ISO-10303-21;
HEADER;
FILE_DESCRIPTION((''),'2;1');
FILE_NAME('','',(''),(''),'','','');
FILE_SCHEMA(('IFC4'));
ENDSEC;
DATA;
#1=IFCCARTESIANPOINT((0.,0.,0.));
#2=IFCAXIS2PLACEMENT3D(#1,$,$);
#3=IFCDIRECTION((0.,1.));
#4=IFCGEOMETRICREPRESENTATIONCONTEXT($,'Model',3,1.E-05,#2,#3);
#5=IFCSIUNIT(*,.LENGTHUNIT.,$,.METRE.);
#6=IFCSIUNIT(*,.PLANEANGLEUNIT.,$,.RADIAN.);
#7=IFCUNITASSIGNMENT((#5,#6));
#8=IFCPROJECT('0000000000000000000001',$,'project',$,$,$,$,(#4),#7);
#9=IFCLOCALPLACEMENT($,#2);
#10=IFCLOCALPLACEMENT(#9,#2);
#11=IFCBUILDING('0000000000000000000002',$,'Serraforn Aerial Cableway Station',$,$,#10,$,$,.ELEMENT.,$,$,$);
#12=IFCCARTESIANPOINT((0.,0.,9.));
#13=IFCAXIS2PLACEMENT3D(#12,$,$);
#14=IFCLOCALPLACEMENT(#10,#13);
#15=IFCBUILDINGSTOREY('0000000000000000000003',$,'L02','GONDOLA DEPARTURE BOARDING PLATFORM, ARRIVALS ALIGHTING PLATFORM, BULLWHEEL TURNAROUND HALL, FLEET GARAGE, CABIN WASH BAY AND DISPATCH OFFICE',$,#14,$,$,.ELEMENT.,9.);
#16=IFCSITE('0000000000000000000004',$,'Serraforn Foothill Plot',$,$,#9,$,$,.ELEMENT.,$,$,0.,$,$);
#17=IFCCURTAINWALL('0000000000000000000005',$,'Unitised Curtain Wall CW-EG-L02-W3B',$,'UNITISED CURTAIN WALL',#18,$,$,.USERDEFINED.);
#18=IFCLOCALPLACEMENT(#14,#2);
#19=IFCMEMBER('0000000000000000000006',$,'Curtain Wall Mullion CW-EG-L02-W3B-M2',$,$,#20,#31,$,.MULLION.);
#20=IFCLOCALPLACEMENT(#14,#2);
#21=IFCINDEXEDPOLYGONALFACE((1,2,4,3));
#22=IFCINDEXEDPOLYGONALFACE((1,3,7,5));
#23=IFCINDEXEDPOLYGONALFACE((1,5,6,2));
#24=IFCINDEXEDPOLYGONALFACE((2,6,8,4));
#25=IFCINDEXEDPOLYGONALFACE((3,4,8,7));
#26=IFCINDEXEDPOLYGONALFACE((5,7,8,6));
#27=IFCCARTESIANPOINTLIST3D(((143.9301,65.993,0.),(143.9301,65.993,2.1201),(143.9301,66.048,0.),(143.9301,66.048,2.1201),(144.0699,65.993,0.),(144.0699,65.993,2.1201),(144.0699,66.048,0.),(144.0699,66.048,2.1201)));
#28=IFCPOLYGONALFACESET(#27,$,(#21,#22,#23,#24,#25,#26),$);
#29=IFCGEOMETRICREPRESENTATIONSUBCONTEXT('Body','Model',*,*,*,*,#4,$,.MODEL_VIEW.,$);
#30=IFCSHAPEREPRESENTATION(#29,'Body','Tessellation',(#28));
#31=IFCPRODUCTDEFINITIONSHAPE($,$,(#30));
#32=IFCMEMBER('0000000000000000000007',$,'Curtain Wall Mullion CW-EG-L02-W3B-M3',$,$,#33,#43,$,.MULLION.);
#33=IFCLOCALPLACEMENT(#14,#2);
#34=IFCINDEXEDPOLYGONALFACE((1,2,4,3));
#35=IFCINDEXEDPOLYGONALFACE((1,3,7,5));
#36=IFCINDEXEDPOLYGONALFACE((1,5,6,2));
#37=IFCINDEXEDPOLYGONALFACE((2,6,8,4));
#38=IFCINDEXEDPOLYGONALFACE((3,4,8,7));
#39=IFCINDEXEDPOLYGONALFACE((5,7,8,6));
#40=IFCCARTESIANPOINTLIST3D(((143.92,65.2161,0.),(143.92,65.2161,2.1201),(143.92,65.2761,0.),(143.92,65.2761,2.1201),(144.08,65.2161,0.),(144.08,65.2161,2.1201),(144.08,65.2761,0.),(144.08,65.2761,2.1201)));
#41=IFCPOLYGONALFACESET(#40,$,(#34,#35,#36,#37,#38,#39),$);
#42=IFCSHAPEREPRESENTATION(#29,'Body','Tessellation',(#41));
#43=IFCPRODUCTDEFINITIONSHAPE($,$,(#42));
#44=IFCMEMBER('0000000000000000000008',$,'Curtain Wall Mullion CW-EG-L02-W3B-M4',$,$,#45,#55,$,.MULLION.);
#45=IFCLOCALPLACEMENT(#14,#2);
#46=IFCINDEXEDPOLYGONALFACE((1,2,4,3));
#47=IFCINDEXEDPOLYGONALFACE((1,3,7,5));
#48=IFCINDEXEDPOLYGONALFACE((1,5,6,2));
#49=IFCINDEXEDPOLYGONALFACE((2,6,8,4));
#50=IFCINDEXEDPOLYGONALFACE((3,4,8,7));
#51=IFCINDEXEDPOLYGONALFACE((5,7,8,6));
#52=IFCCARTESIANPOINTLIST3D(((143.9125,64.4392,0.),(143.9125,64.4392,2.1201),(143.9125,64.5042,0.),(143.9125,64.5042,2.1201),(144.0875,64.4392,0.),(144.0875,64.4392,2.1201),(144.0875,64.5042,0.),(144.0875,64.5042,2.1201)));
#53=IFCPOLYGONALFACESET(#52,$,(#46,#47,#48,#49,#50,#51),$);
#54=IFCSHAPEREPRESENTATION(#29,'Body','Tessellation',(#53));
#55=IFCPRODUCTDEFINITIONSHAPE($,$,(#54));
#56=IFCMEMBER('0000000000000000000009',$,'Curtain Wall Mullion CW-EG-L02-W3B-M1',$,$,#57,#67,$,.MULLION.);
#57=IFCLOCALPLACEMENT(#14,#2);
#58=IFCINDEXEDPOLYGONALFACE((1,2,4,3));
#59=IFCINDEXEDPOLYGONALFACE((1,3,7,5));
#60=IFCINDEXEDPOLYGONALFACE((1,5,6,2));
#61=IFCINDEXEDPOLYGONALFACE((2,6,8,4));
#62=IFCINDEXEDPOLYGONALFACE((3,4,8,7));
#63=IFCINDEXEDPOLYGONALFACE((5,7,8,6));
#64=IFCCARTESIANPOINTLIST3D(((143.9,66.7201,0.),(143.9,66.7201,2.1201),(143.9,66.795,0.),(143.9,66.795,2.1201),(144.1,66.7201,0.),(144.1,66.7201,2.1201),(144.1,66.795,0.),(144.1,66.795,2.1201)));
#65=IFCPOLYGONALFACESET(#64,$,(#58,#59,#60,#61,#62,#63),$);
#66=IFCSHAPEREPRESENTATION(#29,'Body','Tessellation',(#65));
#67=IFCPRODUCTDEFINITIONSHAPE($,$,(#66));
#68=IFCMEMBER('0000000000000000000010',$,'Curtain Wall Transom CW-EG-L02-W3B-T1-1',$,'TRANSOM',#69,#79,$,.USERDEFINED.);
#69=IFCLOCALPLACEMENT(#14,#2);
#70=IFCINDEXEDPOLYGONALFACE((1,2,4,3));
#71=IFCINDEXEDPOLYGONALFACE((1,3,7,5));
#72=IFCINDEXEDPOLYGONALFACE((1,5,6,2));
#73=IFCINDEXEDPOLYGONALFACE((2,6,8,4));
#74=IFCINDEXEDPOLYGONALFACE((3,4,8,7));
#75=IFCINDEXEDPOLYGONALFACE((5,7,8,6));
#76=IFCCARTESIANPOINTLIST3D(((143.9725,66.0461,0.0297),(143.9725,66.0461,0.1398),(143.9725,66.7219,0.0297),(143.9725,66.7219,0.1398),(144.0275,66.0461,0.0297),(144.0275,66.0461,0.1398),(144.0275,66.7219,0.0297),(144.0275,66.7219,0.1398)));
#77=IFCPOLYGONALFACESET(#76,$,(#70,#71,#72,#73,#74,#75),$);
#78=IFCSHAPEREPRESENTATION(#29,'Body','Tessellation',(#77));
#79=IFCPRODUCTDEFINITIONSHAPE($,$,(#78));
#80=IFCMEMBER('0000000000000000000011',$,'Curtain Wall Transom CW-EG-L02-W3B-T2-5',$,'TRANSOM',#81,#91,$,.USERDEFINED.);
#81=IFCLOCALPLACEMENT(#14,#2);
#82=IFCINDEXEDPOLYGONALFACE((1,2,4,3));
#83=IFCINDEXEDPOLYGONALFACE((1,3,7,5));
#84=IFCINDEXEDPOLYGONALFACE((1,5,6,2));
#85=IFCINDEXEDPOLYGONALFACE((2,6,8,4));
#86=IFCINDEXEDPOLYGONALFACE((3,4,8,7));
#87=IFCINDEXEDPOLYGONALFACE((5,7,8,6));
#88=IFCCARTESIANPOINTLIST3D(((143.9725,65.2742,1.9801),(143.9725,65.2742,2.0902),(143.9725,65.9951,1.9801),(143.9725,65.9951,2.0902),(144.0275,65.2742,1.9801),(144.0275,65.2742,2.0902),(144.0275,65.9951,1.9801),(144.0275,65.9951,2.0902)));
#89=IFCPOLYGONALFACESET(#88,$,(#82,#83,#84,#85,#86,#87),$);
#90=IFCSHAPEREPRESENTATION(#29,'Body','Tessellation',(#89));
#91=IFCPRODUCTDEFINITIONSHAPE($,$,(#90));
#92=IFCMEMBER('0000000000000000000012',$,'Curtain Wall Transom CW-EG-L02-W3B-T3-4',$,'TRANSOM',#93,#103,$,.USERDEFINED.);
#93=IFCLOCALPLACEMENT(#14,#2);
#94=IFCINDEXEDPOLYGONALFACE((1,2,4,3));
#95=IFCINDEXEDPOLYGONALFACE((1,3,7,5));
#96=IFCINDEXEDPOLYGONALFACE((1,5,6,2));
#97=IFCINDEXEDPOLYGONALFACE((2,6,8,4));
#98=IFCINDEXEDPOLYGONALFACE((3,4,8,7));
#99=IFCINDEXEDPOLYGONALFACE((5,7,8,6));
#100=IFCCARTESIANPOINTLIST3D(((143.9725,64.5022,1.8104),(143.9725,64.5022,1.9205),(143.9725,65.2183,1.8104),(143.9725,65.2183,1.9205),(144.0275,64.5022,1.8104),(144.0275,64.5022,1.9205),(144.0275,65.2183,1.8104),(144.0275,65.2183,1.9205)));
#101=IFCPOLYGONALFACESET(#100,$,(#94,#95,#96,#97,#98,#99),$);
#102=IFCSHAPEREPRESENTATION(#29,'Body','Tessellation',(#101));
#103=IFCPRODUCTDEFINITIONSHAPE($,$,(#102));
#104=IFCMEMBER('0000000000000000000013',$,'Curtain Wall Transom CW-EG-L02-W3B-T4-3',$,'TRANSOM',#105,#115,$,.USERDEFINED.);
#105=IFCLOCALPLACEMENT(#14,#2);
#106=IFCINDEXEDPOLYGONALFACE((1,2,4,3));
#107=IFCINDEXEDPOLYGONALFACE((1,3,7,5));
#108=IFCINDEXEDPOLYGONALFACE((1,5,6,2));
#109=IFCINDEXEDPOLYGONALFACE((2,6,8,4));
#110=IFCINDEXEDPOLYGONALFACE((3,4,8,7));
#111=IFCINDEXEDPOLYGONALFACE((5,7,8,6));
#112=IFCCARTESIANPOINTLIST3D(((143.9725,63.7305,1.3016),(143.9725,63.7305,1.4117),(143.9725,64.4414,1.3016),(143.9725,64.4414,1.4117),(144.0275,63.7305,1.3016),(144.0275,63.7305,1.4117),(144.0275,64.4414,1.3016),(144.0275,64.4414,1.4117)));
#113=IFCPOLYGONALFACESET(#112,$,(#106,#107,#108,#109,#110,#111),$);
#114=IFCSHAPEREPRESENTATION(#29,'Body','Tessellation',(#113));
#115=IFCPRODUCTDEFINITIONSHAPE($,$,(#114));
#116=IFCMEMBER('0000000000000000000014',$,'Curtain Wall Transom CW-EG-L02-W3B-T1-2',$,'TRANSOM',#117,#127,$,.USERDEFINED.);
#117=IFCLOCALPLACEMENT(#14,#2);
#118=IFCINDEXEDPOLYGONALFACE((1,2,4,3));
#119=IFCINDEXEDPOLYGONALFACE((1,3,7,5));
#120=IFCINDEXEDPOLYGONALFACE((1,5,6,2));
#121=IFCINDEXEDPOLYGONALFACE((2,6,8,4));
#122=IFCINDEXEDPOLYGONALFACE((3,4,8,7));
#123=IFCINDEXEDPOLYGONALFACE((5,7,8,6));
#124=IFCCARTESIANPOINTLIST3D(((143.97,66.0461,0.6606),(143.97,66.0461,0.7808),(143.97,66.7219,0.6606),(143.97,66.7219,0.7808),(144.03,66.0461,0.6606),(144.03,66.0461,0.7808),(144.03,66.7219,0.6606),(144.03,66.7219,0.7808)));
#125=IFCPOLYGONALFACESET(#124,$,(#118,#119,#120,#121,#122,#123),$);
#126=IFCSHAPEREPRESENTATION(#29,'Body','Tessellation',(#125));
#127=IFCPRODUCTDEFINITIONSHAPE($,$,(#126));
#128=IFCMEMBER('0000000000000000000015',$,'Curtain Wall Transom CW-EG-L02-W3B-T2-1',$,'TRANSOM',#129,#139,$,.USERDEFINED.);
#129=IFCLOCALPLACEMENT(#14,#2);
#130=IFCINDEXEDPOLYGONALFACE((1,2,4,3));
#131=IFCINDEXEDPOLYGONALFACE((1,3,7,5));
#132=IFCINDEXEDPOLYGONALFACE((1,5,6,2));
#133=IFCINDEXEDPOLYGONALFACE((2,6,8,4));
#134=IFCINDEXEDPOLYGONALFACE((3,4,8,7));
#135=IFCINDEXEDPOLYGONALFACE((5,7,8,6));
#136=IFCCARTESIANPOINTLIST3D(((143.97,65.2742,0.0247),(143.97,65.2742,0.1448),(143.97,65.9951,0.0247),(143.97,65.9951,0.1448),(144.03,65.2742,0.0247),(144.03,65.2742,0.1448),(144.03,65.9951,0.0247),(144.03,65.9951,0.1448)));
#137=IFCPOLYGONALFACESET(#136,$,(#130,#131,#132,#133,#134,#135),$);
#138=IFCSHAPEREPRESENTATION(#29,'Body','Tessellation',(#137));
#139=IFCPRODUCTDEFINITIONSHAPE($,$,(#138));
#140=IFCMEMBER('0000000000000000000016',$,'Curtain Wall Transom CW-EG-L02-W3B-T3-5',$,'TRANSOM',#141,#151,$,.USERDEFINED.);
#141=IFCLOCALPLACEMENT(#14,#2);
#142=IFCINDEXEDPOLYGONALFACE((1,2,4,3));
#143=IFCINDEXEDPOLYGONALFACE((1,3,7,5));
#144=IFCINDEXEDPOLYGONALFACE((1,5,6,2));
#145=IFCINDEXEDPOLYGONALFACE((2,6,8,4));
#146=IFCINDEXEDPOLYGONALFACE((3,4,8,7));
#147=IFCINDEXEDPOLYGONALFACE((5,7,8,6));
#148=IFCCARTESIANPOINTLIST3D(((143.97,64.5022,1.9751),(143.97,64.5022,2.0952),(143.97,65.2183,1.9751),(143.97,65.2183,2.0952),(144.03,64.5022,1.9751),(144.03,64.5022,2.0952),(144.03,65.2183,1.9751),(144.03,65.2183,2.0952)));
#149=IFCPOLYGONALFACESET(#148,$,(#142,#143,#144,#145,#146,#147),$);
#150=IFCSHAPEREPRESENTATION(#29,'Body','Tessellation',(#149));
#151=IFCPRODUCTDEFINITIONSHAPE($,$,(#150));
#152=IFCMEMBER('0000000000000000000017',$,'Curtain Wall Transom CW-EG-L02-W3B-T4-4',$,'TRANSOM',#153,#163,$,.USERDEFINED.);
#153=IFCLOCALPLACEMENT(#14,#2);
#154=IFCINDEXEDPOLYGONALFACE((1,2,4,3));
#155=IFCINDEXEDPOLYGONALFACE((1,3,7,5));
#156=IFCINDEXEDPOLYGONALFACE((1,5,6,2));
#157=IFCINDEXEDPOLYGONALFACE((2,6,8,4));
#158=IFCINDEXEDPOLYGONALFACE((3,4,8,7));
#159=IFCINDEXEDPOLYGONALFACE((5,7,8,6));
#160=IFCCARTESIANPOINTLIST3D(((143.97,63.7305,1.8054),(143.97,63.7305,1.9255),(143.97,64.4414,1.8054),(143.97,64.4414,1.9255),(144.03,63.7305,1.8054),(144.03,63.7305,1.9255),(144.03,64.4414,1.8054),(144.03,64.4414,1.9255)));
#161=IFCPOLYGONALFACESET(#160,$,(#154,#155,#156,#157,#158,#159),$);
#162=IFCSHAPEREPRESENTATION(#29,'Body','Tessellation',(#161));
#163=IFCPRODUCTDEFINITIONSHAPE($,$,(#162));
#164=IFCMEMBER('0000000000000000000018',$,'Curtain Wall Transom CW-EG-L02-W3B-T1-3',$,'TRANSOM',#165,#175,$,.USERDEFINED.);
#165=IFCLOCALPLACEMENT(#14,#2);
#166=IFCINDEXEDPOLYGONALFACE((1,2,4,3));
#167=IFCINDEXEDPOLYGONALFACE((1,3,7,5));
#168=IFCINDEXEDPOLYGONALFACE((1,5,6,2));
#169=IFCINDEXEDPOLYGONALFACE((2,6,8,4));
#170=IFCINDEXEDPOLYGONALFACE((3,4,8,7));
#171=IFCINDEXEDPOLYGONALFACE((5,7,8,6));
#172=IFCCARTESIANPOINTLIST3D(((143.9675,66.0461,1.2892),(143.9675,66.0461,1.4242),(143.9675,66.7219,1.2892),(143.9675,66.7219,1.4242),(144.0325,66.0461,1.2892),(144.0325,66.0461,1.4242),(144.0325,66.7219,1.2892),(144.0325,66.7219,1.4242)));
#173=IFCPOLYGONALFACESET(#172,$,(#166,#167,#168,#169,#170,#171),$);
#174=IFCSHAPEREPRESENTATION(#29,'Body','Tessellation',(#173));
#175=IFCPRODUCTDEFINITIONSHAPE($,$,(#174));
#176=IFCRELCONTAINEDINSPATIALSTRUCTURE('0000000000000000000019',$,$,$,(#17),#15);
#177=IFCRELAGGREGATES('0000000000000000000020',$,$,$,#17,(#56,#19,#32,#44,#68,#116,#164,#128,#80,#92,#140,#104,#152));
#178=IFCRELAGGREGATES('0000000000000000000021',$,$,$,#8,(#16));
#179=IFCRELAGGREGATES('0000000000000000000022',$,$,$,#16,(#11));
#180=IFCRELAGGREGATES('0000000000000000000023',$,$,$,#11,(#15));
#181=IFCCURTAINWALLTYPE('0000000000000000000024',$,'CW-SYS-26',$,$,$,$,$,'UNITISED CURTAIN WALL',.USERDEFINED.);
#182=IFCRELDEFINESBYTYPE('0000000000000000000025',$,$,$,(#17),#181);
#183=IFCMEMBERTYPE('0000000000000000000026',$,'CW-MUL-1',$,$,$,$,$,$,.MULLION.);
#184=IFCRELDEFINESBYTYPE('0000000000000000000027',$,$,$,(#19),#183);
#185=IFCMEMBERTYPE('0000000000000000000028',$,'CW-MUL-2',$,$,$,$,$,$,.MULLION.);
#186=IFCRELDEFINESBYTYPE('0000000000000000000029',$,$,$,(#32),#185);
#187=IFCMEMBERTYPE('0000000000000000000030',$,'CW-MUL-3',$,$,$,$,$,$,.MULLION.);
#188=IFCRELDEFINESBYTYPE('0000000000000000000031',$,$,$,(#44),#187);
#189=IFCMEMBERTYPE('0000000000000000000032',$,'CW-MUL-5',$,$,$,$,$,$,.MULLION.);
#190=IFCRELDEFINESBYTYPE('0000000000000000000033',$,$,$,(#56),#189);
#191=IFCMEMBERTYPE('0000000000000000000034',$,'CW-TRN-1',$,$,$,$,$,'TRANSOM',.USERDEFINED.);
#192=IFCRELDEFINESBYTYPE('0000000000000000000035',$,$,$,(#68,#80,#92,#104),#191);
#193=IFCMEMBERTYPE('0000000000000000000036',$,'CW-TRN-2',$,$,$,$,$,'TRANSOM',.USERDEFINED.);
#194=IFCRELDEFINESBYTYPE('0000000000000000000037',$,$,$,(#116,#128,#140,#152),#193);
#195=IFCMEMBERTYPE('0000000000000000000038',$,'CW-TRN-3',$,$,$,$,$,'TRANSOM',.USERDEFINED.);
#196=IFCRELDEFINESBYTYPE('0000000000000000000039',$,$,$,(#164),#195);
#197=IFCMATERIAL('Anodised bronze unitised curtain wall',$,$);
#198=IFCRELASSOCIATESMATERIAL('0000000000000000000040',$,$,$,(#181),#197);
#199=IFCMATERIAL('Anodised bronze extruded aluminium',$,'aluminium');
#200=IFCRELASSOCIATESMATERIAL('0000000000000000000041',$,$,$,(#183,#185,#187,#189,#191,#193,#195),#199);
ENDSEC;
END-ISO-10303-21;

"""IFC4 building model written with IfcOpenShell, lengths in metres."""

from ifc_helpers import new_model, si_unit, direction, frame, origin, origin_2d, place, context, subcontext, project, spatial, rectangle, extrude, material, material_profile, profile_set, type_object, element, aggregate, save


model = new_model("IFC4")

# Units and contexts
model_context = context("Model", 3, precision=1e-05, world=origin(), true_north=direction((0.0, 1.0)))
body_context = subcontext(model_context, "Body", "Model", "MODEL_VIEW")
ifc_project = project(units=[si_unit("LENGTHUNIT", "METRE"), si_unit("PLANEANGLEUNIT", "RADIAN")], contexts=[model_context])

# Site, building, storey
site_placement = place(None, origin())
site = spatial("IfcSite", under=ifc_project, at=site_placement, Name="Serraforn Foothill Plot", CompositionType="ELEMENT", RefElevation=0.0)
building_placement = place(site_placement, origin())
building = spatial("IfcBuilding", under=site, at=building_placement, Name="Serraforn Aerial Cableway Station", CompositionType="ELEMENT")
storey_placement = place(building_placement, frame((0.0, 0.0, 9.0)))
storey = spatial("IfcBuildingStorey", under=building, at=storey_placement, Name="L02", Description="GONDOLA DEPARTURE BOARDING PLATFORM, ARRIVALS ALIGHTING PLATFORM, BULLWHEEL TURNAROUND HALL, FLEET GARAGE, CABIN WASH BAY AND DISPATCH OFFICE", CompositionType="ELEMENT", Elevation=9.0)

# Curtain wall, members
ifc_material_1 = material(Name="Anodised bronze unitised curtain wall")
curtain_wall_type = type_object("IfcCurtainWallType", Name="CW-SYS-26", ElementType="UNITISED CURTAIN WALL", PredefinedType="USERDEFINED", material=ifc_material_1)
curtain_wall_placement = place(storey_placement, origin())
curtain_wall = element("IfcCurtainWall", 1, at=curtain_wall_placement, inside=storey, type_object=curtain_wall_type, Name="Unitised Curtain Wall CW-EG-L02-W3B", ObjectType="UNITISED CURTAIN WALL", PredefinedType="USERDEFINED")
ifc_material_2 = material(Name="Anodised bronze extruded aluminium", Category="aluminium")
ifc_material_profile_1 = material_profile(ifc_material_2, rectangle(XDim=0.0549, YDim=0.1399, at=origin_2d()), Name="CW MULLION 55x140")
ifc_profile_set_1 = profile_set([ifc_material_profile_1], Name="Anodised bronze extruded aluminium")
member_type_1 = type_object("IfcMemberType", Name="CW-MUL-1", PredefinedType="MULLION", material=ifc_profile_set_1)
member_1_placement = place(storey_placement, frame((144.0, 66.0205, 0.0), z_axis=(0.0, 0.0, 1.0), x_axis=(0.0, -1.0, 0.0)))
member_1 = element("IfcMember", 2, at=member_1_placement, type_object=member_type_1, Name="Curtain Wall Mullion CW-EG-L02-W3B-M2", PredefinedType="MULLION", context=body_context, shape_type="SweptSolid", body=[
    extrude(rectangle(XDim=0.0549, YDim=0.1399, at=origin_2d()), origin(), (0.0, 0.0, 1.0), 2.1201),
])
ifc_material_profile_2 = material_profile(ifc_material_2, rectangle(XDim=0.0601, YDim=0.1599, at=origin_2d()), Name="CW MULLION 60x160")
ifc_profile_set_2 = profile_set([ifc_material_profile_2], Name="Anodised bronze extruded aluminium")
member_type_2 = type_object("IfcMemberType", Name="CW-MUL-2", PredefinedType="MULLION", material=ifc_profile_set_2)
member_2_placement = place(storey_placement, frame((144.0, 65.2461, 0.0), z_axis=(0.0, 0.0, 1.0), x_axis=(0.0, -1.0, 0.0)))
member_2 = element("IfcMember", 3, at=member_2_placement, type_object=member_type_2, Name="Curtain Wall Mullion CW-EG-L02-W3B-M3", PredefinedType="MULLION", context=body_context, shape_type="SweptSolid", body=[
    extrude(rectangle(XDim=0.0601, YDim=0.1599, at=origin_2d()), origin(), (0.0, 0.0, 1.0), 2.1201),
])
ifc_material_profile_3 = material_profile(ifc_material_2, rectangle(XDim=0.0649, YDim=0.175, at=origin_2d()), Name="CW MULLION 65x175")
ifc_profile_set_3 = profile_set([ifc_material_profile_3], Name="Anodised bronze extruded aluminium")
member_type_3 = type_object("IfcMemberType", Name="CW-MUL-3", PredefinedType="MULLION", material=ifc_profile_set_3)
member_3_placement = place(storey_placement, frame((144.0, 64.4717, 0.0), z_axis=(0.0, 0.0, 1.0), x_axis=(0.0, -1.0, 0.0)))
member_3 = element("IfcMember", 4, at=member_3_placement, type_object=member_type_3, Name="Curtain Wall Mullion CW-EG-L02-W3B-M4", PredefinedType="MULLION", context=body_context, shape_type="SweptSolid", body=[
    extrude(rectangle(XDim=0.0649, YDim=0.175, at=origin_2d()), origin(), (0.0, 0.0, 1.0), 2.1201),
])
ifc_material_profile_4 = material_profile(ifc_material_2, rectangle(XDim=0.075, YDim=0.2, at=origin_2d()), Name="CW MULLION 75x200")
ifc_profile_set_4 = profile_set([ifc_material_profile_4], Name="Anodised bronze extruded aluminium")
member_type_4 = type_object("IfcMemberType", Name="CW-MUL-5", PredefinedType="MULLION", material=ifc_profile_set_4)
member_4_placement = place(storey_placement, frame((144.0, 66.7576, 0.0), z_axis=(0.0, 0.0, 1.0), x_axis=(0.0, -1.0, 0.0)))
member_4 = element("IfcMember", 5, at=member_4_placement, type_object=member_type_4, Name="Curtain Wall Mullion CW-EG-L02-W3B-M1", PredefinedType="MULLION", context=body_context, shape_type="SweptSolid", body=[
    extrude(rectangle(XDim=0.075, YDim=0.2, at=origin_2d()), origin(), (0.0, 0.0, 1.0), 2.1201),
])
ifc_material_profile_5 = material_profile(ifc_material_2, rectangle(XDim=0.0549, YDim=0.1101, at=origin_2d()), Name="CW TRANSOM 55x110")
ifc_profile_set_5 = profile_set([ifc_material_profile_5], Name="Anodised bronze extruded aluminium")
member_type_5 = type_object("IfcMemberType", Name="CW-TRN-1", ElementType="TRANSOM", PredefinedType="USERDEFINED", material=ifc_profile_set_5)
member_5_placement = place(storey_placement, frame((144.0, 66.7219, 0.0847), z_axis=(0.0, -1.0, 0.0), x_axis=(1.0, 0.0, 0.0)))
member_5 = element("IfcMember", 6, at=member_5_placement, type_object=member_type_5, Name="Curtain Wall Transom CW-EG-L02-W3B-T1-1", ObjectType="TRANSOM", PredefinedType="USERDEFINED", context=body_context, shape_type="SweptSolid", body=[
    extrude(rectangle(XDim=0.0549, YDim=0.1101, at=origin_2d()), origin(), (0.0, 0.0, 1.0), 0.6758),
])
member_6_placement = place(storey_placement, frame((144.0, 65.9951, 2.0352), z_axis=(0.0, -1.0, 0.0), x_axis=(1.0, 0.0, 0.0)))
member_6 = element("IfcMember", 7, at=member_6_placement, type_object=member_type_5, Name="Curtain Wall Transom CW-EG-L02-W3B-T2-5", ObjectType="TRANSOM", PredefinedType="USERDEFINED", context=body_context, shape_type="SweptSolid", body=[
    extrude(rectangle(XDim=0.0549, YDim=0.1101, at=origin_2d()), origin(), (0.0, 0.0, 1.0), 0.7209),
])
member_7_placement = place(storey_placement, frame((144.0, 65.2183, 1.8655), z_axis=(0.0, -1.0, 0.0), x_axis=(1.0, 0.0, 0.0)))
member_7 = element("IfcMember", 8, at=member_7_placement, type_object=member_type_5, Name="Curtain Wall Transom CW-EG-L02-W3B-T3-4", ObjectType="TRANSOM", PredefinedType="USERDEFINED", context=body_context, shape_type="SweptSolid", body=[
    extrude(rectangle(XDim=0.0549, YDim=0.1101, at=origin_2d()), origin(), (0.0, 0.0, 1.0), 0.7161),
])
member_8_placement = place(storey_placement, frame((144.0, 64.4414, 1.3567), z_axis=(0.0, -1.0, 0.0), x_axis=(1.0, 0.0, 0.0)))
member_8 = element("IfcMember", 9, at=member_8_placement, type_object=member_type_5, Name="Curtain Wall Transom CW-EG-L02-W3B-T4-3", ObjectType="TRANSOM", PredefinedType="USERDEFINED", context=body_context, shape_type="SweptSolid", body=[
    extrude(rectangle(XDim=0.0549, YDim=0.1101, at=origin_2d()), origin(), (0.0, 0.0, 1.0), 0.7109),
])
ifc_material_profile_6 = material_profile(ifc_material_2, rectangle(XDim=0.0601, YDim=0.1201, at=origin_2d()), Name="CW TRANSOM 60x120")
ifc_profile_set_6 = profile_set([ifc_material_profile_6], Name="Anodised bronze extruded aluminium")
member_type_6 = type_object("IfcMemberType", Name="CW-TRN-2", ElementType="TRANSOM", PredefinedType="USERDEFINED", material=ifc_profile_set_6)
member_9_placement = place(storey_placement, frame((144.0, 66.7219, 0.7207), z_axis=(0.0, -1.0, 0.0), x_axis=(1.0, 0.0, 0.0)))
member_9 = element("IfcMember", 10, at=member_9_placement, type_object=member_type_6, Name="Curtain Wall Transom CW-EG-L02-W3B-T1-2", ObjectType="TRANSOM", PredefinedType="USERDEFINED", context=body_context, shape_type="SweptSolid", body=[
    extrude(rectangle(XDim=0.0601, YDim=0.1201, at=origin_2d()), origin(), (0.0, 0.0, 1.0), 0.6758),
])
member_10_placement = place(storey_placement, frame((144.0, 65.9951, 0.0847), z_axis=(0.0, -1.0, 0.0), x_axis=(1.0, 0.0, 0.0)))
member_10 = element("IfcMember", 11, at=member_10_placement, type_object=member_type_6, Name="Curtain Wall Transom CW-EG-L02-W3B-T2-1", ObjectType="TRANSOM", PredefinedType="USERDEFINED", context=body_context, shape_type="SweptSolid", body=[
    extrude(rectangle(XDim=0.0601, YDim=0.1201, at=origin_2d()), origin(), (0.0, 0.0, 1.0), 0.7209),
])
member_11_placement = place(storey_placement, frame((144.0, 65.2183, 2.0352), z_axis=(0.0, -1.0, 0.0), x_axis=(1.0, 0.0, 0.0)))
member_11 = element("IfcMember", 12, at=member_11_placement, type_object=member_type_6, Name="Curtain Wall Transom CW-EG-L02-W3B-T3-5", ObjectType="TRANSOM", PredefinedType="USERDEFINED", context=body_context, shape_type="SweptSolid", body=[
    extrude(rectangle(XDim=0.0601, YDim=0.1201, at=origin_2d()), origin(), (0.0, 0.0, 1.0), 0.7161),
])
member_12_placement = place(storey_placement, frame((144.0, 64.4414, 1.8655), z_axis=(0.0, -1.0, 0.0), x_axis=(1.0, 0.0, 0.0)))
member_12 = element("IfcMember", 13, at=member_12_placement, type_object=member_type_6, Name="Curtain Wall Transom CW-EG-L02-W3B-T4-4", ObjectType="TRANSOM", PredefinedType="USERDEFINED", context=body_context, shape_type="SweptSolid", body=[
    extrude(rectangle(XDim=0.0601, YDim=0.1201, at=origin_2d()), origin(), (0.0, 0.0, 1.0), 0.7109),
])
ifc_material_profile_7 = material_profile(ifc_material_2, rectangle(XDim=0.0649, YDim=0.135, at=origin_2d()), Name="CW TRANSOM 65x135")
ifc_profile_set_7 = profile_set([ifc_material_profile_7], Name="Anodised bronze extruded aluminium")
member_type_7 = type_object("IfcMemberType", Name="CW-TRN-3", ElementType="TRANSOM", PredefinedType="USERDEFINED", material=ifc_profile_set_7)
member_13_placement = place(storey_placement, frame((144.0, 66.7219, 1.3567), z_axis=(0.0, -1.0, 0.0), x_axis=(1.0, 0.0, 0.0)))
member_13 = element("IfcMember", 14, at=member_13_placement, type_object=member_type_7, Name="Curtain Wall Transom CW-EG-L02-W3B-T1-3", ObjectType="TRANSOM", PredefinedType="USERDEFINED", context=body_context, shape_type="SweptSolid", body=[
    extrude(rectangle(XDim=0.0649, YDim=0.135, at=origin_2d()), origin(), (0.0, 0.0, 1.0), 0.6758),
])

aggregate(curtain_wall, [member_4, member_1, member_2, member_3, member_5, member_9, member_13, member_10, member_6, member_7, member_11, member_8, member_12])

save(model, "model.ifc")
